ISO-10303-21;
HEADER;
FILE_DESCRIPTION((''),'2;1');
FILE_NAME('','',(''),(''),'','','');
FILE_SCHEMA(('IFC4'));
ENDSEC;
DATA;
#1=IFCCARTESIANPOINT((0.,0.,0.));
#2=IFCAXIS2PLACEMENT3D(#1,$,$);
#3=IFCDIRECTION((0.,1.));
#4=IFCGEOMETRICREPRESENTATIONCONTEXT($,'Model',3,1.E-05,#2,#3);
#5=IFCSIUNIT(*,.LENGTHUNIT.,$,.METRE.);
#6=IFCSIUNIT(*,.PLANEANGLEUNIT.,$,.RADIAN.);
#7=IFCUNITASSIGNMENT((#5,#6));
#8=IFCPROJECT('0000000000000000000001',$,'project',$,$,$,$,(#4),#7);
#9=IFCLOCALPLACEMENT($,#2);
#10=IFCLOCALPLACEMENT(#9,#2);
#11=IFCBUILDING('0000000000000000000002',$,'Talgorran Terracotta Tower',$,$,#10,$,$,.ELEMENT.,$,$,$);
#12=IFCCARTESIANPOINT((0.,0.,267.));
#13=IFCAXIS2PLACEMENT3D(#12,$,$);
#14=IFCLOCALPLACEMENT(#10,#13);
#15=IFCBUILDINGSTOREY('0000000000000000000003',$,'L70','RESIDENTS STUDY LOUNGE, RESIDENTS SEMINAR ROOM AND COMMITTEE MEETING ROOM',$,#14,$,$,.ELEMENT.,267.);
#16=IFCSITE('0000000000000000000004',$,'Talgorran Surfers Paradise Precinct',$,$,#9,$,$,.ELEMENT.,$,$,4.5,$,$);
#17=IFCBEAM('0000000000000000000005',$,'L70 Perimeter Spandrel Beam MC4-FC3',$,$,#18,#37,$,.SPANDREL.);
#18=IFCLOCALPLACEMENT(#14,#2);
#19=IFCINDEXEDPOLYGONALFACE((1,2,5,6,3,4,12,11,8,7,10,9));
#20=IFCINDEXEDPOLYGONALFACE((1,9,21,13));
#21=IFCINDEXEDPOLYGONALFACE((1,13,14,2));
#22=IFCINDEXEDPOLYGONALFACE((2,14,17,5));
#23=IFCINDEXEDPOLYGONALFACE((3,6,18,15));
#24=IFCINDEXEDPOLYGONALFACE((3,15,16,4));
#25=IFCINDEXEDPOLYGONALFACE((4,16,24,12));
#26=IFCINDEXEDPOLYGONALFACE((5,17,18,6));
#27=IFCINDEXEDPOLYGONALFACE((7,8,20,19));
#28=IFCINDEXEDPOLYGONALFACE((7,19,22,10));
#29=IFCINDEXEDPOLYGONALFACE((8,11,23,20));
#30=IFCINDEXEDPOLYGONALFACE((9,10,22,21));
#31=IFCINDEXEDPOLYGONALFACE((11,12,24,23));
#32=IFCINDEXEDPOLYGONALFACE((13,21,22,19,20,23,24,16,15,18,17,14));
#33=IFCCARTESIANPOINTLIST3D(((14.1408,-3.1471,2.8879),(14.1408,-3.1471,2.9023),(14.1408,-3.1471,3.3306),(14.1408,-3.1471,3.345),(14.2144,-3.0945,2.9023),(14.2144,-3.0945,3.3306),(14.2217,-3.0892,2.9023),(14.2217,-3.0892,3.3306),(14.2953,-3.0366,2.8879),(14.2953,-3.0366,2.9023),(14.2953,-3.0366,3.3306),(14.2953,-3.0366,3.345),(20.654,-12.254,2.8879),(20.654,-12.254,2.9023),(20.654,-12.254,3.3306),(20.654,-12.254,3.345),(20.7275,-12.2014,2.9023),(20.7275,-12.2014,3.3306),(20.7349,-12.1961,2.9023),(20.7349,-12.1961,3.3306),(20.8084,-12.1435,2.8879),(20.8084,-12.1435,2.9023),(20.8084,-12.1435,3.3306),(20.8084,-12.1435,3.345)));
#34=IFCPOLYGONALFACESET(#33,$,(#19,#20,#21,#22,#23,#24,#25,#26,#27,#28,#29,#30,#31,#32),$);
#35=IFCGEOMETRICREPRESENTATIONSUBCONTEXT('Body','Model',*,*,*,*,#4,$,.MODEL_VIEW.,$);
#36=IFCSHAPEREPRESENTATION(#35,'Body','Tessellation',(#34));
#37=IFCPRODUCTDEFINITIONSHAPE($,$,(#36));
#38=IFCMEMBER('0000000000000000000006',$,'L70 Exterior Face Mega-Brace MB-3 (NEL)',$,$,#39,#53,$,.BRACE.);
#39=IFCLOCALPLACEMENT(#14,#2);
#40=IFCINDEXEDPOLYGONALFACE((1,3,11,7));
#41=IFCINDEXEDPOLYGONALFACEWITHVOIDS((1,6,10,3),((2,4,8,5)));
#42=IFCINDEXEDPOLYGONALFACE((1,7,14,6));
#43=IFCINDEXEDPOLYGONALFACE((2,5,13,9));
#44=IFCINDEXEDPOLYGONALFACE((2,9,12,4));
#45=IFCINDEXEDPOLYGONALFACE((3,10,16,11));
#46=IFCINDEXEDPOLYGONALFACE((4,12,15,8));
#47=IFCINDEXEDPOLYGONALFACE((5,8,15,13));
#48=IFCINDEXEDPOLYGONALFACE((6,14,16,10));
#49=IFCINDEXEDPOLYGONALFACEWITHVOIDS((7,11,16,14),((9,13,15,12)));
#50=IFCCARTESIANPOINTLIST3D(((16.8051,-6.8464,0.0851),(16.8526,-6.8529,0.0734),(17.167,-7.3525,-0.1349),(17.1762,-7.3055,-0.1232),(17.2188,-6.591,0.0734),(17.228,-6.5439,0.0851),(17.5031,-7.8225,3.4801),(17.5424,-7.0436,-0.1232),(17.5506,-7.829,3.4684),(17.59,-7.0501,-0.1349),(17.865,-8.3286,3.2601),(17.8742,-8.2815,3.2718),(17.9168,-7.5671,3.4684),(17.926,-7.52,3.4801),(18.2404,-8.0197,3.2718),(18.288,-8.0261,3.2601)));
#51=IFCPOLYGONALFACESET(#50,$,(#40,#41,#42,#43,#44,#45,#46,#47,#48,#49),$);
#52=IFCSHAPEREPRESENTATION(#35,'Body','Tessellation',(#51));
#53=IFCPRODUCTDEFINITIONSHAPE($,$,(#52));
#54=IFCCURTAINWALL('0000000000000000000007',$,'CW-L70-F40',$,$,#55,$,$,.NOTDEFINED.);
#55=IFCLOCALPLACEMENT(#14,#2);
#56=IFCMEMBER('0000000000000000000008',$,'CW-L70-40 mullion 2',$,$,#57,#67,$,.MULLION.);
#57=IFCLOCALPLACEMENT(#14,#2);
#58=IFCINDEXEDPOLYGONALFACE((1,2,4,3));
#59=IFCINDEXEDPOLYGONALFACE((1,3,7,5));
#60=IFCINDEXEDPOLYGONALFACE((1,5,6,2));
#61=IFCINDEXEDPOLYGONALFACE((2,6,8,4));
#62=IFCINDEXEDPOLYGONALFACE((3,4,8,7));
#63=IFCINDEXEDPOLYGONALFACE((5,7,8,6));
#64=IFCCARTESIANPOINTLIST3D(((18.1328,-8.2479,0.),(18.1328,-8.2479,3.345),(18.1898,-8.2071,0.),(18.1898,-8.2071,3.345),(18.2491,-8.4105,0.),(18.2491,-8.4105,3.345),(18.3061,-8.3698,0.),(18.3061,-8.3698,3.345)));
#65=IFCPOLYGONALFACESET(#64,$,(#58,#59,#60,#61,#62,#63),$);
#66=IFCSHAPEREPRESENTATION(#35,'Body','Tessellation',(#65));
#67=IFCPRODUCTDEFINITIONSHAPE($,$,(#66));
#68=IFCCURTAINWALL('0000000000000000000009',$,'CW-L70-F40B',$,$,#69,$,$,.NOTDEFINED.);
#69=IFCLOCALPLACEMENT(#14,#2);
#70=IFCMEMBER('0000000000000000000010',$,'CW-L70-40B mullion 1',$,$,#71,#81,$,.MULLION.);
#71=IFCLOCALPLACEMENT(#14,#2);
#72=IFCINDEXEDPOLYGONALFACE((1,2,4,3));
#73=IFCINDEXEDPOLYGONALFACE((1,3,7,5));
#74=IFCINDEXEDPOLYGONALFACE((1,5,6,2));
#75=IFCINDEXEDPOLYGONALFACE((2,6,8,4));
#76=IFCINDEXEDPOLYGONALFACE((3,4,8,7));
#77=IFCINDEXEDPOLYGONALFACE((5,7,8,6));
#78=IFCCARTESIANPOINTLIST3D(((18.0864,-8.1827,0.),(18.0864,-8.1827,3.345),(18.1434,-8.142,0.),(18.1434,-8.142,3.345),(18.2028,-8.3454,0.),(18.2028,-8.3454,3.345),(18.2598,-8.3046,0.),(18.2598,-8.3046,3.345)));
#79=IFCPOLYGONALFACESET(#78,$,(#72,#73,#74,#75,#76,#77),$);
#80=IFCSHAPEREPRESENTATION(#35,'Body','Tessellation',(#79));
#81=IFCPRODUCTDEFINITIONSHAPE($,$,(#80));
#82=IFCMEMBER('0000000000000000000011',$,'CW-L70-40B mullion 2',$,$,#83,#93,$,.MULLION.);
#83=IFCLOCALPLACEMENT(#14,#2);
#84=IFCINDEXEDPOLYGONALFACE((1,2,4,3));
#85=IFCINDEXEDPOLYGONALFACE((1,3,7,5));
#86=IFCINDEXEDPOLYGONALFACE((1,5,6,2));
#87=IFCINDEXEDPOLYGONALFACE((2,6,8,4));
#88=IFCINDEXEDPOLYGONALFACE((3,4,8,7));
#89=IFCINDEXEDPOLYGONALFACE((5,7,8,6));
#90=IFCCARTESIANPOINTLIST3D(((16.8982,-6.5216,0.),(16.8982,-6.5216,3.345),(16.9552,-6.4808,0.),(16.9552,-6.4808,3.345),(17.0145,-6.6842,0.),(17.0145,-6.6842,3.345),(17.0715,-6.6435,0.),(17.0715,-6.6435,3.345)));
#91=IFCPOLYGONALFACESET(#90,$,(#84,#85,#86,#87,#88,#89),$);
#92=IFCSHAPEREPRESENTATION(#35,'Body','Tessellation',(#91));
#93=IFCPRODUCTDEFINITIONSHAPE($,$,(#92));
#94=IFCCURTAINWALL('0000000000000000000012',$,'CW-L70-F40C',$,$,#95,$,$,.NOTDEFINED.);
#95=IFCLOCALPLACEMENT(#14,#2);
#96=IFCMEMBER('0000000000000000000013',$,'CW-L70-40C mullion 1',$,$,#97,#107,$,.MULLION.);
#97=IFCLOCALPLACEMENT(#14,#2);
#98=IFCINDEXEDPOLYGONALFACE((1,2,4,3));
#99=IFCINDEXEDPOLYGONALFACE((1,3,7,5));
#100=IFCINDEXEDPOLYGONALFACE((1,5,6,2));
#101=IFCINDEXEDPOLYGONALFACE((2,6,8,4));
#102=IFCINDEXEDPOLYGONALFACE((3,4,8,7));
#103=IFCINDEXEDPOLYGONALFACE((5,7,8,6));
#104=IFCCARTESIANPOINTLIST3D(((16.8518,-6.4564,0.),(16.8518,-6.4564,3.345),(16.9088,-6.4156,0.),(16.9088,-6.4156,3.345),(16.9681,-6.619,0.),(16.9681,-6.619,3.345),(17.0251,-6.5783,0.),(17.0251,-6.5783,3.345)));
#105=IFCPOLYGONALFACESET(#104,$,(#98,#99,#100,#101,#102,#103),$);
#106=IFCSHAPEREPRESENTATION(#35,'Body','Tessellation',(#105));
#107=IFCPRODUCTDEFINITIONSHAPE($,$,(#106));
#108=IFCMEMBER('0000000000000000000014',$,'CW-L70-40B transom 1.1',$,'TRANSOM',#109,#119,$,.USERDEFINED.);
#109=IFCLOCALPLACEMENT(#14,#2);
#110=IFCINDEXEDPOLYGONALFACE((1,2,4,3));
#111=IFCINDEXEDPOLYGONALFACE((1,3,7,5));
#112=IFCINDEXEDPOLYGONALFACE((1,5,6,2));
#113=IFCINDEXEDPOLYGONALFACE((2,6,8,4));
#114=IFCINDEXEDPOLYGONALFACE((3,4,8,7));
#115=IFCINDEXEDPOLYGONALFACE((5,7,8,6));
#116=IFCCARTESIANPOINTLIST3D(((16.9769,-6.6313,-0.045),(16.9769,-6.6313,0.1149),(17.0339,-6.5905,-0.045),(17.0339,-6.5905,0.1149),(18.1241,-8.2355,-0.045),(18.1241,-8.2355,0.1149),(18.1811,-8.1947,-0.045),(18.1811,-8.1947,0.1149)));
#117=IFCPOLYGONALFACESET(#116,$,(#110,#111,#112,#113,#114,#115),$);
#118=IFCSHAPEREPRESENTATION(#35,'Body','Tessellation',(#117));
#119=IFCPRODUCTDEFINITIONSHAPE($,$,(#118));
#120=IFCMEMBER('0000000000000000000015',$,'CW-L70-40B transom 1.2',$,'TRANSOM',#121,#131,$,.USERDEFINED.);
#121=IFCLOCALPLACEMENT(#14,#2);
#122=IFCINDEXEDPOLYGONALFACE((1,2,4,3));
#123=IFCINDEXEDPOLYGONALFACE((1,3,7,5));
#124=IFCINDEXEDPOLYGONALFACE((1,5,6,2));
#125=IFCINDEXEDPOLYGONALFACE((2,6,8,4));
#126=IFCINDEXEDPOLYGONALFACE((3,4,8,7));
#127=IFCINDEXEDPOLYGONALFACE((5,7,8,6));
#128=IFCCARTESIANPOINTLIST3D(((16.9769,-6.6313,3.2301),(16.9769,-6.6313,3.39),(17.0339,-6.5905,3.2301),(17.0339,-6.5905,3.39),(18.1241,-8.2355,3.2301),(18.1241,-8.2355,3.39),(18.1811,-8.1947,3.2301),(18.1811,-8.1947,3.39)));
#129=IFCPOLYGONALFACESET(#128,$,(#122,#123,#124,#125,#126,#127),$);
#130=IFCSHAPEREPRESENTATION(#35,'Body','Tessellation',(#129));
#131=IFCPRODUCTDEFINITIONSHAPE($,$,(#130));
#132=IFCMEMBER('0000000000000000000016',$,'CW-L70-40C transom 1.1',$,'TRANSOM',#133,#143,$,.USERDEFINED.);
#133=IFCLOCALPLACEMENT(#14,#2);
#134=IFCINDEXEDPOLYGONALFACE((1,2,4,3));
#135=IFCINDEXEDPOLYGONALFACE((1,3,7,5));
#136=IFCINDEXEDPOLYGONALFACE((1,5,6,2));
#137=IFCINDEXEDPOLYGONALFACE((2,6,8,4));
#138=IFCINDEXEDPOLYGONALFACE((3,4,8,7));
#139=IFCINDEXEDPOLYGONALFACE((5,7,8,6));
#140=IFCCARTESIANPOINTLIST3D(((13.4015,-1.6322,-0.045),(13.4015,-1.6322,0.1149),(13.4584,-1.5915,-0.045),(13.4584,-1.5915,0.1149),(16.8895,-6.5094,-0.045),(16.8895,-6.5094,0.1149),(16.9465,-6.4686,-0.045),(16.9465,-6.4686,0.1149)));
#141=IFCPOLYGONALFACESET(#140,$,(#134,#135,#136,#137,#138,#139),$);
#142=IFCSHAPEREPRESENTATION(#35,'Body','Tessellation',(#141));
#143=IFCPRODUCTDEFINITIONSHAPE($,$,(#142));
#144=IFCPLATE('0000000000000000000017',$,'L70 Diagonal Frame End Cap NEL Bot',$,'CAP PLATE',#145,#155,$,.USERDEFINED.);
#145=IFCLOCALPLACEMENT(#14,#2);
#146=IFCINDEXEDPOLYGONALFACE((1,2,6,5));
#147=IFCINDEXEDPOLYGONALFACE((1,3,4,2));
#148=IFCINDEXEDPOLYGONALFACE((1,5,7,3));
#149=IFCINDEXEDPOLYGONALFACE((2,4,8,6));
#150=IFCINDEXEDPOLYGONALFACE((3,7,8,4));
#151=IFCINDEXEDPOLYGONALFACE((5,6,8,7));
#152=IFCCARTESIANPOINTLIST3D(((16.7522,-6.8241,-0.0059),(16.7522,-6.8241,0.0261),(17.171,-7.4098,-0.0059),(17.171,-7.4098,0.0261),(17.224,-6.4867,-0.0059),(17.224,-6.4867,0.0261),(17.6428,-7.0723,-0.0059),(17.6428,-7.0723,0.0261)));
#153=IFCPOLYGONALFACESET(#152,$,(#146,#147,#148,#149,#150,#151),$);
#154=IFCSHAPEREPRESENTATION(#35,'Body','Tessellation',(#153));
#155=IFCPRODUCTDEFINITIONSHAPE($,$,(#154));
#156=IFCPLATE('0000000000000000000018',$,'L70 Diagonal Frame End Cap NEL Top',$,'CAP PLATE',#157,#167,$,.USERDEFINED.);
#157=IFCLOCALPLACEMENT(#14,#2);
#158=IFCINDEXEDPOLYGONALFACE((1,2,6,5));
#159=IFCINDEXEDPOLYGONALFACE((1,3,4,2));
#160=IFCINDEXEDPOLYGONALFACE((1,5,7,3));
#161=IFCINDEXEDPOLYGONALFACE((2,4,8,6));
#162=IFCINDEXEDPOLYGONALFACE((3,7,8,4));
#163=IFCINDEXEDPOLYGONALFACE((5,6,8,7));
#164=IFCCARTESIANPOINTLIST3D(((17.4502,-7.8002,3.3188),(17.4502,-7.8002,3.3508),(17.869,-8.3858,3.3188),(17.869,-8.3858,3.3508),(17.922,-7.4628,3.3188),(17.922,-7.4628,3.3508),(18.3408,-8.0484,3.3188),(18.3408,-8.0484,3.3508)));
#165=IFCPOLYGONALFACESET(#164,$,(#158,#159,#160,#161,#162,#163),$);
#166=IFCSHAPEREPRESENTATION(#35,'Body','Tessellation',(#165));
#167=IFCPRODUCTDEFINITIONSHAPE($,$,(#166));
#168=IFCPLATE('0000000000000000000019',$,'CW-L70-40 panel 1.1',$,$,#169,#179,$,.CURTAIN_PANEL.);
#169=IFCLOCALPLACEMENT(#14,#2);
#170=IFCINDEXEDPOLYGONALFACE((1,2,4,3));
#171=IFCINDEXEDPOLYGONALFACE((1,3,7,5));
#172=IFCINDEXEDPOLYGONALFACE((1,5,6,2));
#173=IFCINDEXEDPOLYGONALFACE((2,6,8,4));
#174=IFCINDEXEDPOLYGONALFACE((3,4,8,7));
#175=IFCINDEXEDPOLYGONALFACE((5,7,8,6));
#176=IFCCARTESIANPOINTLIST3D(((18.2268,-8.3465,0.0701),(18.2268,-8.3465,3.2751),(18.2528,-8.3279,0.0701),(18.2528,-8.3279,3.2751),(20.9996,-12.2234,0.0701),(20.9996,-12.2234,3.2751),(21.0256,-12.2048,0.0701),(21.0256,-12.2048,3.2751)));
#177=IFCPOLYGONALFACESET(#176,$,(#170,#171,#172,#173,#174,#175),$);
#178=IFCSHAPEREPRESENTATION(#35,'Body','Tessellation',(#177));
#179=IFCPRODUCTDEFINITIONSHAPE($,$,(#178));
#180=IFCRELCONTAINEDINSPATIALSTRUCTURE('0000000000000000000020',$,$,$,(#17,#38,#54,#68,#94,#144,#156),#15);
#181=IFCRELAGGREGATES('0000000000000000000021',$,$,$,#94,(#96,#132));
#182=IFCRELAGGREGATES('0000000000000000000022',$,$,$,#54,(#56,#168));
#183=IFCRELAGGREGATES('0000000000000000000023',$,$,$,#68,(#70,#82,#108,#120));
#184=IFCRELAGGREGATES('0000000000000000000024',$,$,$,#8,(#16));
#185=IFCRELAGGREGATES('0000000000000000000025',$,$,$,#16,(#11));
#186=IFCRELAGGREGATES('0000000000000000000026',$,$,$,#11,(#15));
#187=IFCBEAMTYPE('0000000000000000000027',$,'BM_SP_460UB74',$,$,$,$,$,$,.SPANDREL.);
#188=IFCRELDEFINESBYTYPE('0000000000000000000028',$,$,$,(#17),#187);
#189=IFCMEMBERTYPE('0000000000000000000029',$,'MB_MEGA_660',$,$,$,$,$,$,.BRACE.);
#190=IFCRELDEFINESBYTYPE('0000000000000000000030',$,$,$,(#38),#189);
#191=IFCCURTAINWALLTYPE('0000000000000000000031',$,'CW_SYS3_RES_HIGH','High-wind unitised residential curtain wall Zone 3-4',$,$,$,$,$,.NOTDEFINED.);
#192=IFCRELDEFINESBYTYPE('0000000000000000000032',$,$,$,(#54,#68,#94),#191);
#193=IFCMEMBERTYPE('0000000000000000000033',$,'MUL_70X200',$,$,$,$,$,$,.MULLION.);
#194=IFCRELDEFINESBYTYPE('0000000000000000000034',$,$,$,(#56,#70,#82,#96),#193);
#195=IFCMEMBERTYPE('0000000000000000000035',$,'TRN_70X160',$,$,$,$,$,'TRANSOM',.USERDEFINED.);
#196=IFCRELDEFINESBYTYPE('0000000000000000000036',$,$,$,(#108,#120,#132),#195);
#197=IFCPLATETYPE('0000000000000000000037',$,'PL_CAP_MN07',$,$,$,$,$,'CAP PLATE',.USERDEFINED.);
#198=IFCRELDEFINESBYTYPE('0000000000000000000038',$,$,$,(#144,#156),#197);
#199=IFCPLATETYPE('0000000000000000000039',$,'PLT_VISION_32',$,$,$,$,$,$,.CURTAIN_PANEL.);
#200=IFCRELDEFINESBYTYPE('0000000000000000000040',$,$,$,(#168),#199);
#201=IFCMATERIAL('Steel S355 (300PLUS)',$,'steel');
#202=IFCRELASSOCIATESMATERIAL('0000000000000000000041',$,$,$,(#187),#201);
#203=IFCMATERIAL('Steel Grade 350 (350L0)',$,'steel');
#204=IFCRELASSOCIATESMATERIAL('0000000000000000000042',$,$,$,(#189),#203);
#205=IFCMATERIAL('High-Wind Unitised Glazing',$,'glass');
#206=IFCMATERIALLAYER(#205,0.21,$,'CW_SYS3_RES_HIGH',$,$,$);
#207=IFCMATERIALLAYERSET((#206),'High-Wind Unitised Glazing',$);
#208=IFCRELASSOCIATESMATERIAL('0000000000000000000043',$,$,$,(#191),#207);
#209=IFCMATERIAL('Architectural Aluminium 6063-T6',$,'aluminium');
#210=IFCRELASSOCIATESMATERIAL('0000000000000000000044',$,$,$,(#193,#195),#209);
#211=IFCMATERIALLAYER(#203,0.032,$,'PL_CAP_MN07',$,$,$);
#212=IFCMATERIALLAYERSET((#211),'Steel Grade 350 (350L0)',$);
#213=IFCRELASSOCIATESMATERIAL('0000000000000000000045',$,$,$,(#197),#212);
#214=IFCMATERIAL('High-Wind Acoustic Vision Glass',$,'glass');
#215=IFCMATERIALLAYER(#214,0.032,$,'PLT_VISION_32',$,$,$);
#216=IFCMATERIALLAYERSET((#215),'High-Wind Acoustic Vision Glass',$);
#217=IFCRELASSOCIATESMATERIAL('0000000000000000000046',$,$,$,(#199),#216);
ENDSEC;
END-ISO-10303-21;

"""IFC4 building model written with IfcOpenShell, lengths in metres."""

from ifc_helpers import new_model, si_unit, direction, frame, origin, origin_2d, place, context, subcontext, project, spatial, rectangle, hollow_rectangle, i_section, extrude, source, transform, mapped, material, layer, layer_set, material_profile, profile_set, type_object, type_shapes, element, aggregate, save


model = new_model("IFC4")

# Units and contexts
model_context = context("Model", 3, precision=1e-05, world=origin(), true_north=direction((0.0, 1.0)))
body_context = subcontext(model_context, "Body", "Model", "MODEL_VIEW")
ifc_project = project(units=[si_unit("LENGTHUNIT", "METRE"), si_unit("PLANEANGLEUNIT", "RADIAN")], contexts=[model_context])

# Site, building, storey
site_placement = place(None, origin())
site = spatial("IfcSite", under=ifc_project, at=site_placement, Name="Talgorran Surfers Paradise Precinct", CompositionType="ELEMENT", RefElevation=4.5)
building_placement = place(site_placement, origin())
building = spatial("IfcBuilding", under=site, at=building_placement, Name="Talgorran Terracotta Tower", CompositionType="ELEMENT")
storey_placement = place(building_placement, frame((0.0, 0.0, 267.0)))
storey = spatial("IfcBuildingStorey", under=building, at=storey_placement, Name="L70", Description="RESIDENTS STUDY LOUNGE, RESIDENTS SEMINAR ROOM AND COMMITTEE MEETING ROOM", CompositionType="ELEMENT", Elevation=267.0)

# Beam
ifc_material_1 = material(Name="Steel S355 (300PLUS)", Category="steel")
ifc_material_profile_1 = material_profile(ifc_material_1, i_section(OverallWidth=0.1899, OverallDepth=0.457, WebThickness=0.009, FlangeThickness=0.0144, at=origin_2d()), Name="460UB74.6")
ifc_profile_set_1 = profile_set([ifc_material_profile_1], Name="Steel S355 (300PLUS)")
beam_type = type_object("IfcBeamType", Name="BM_SP_460UB74", PredefinedType="SPANDREL", material=ifc_profile_set_1)
beam_placement = place(storey_placement, frame((20.7312, -12.1987, 3.1165), z_axis=(-0.581725, 0.813386, 0.0), x_axis=(-0.813386, -0.581725, 0.0)))
element("IfcBeam", 1, at=beam_placement, inside=storey, type_object=beam_type, Name="L70 Perimeter Spandrel Beam MC4-FC3", PredefinedType="SPANDREL", context=body_context, shape_type="SweptSolid", body=[
    extrude(i_section(OverallWidth=0.1899, OverallDepth=0.457, WebThickness=0.009, FlangeThickness=0.0144, at=origin_2d()), origin(), (0.0, 0.0, 1.0), 11.1963),
])

# Member
ifc_material_2 = material(Name="Steel Grade 350 (350L0)", Category="steel")
ifc_material_profile_2 = material_profile(ifc_material_2, hollow_rectangle(XDim=0.52, YDim=0.6599, WallThickness=0.0349, at=origin_2d()), Name="WBOX660X520X35")
ifc_profile_set_2 = profile_set([ifc_material_profile_2], Name="Steel Grade 350 (350L0)")
member_type_1 = type_object("IfcMemberType", Name="MB_MEGA_660", PredefinedType="BRACE", material=ifc_profile_set_2)
member_1_placement = place(storey_placement, frame((17.1975, -6.9482, -0.0249), z_axis=(0.193843, -0.271068, 0.94284), x_axis=(0.813417, 0.581681, 0.0)))
element("IfcMember", 2, at=member_1_placement, inside=storey, type_object=member_type_1, Name="L70 Exterior Face Mega-Brace MB-3 (NEL)", PredefinedType="BRACE", context=body_context, shape_type="SweptSolid", body=[
    extrude(hollow_rectangle(XDim=0.52, YDim=0.6599, WallThickness=0.0349, at=origin_2d()), origin(), (0.0, 0.0, 1.0), 3.6008),
])

# Curtain wall, member
ifc_material_3 = material(Name="High-Wind Unitised Glazing", Category="glass")
ifc_layer_1 = layer(ifc_material_3, 0.21, Name="CW_SYS3_RES_HIGH")
ifc_layer_set_1 = layer_set([ifc_layer_1], Name="High-Wind Unitised Glazing")
curtain_wall_type = type_object("IfcCurtainWallType", Name="CW_SYS3_RES_HIGH", Description="High-wind unitised residential curtain wall Zone 3-4", PredefinedType="NOTDEFINED", material=ifc_layer_set_1)
curtain_wall_1_placement = place(storey_placement, origin())
curtain_wall_1 = element("IfcCurtainWall", 3, at=curtain_wall_1_placement, inside=storey, type_object=curtain_wall_type, Name="CW-L70-F40", PredefinedType="NOTDEFINED")
ifc_material_4 = material(Name="Architectural Aluminium 6063-T6", Category="aluminium")
ifc_material_profile_3 = material_profile(ifc_material_4, rectangle(XDim=0.0701, YDim=0.2, at=origin_2d()), Name="CWM70X200")
ifc_profile_set_3 = profile_set([ifc_material_profile_3], Name="Architectural Aluminium 6063-T6")
member_type_2 = type_object("IfcMemberType", Name="MUL_70X200", PredefinedType="MULLION", material=ifc_profile_set_3)
member_2_placement = place(storey_placement, frame((18.2195, -8.3088, 0.0), z_axis=(0.0, 0.0, 1.0), x_axis=(-0.813377, -0.581737, 0.0)))
member_2 = element("IfcMember", 4, at=member_2_placement, type_object=member_type_2, Name="CW-L70-40 mullion 2", PredefinedType="MULLION", context=body_context, shape_type="SweptSolid", body=[
    extrude(rectangle(XDim=0.0701, YDim=0.2, at=origin_2d()), origin(), (0.0, 0.0, 1.0), 3.345),
])

# Curtain wall, members
curtain_wall_2_placement = place(storey_placement, origin())
curtain_wall_2 = element("IfcCurtainWall", 5, at=curtain_wall_2_placement, inside=storey, type_object=curtain_wall_type, Name="CW-L70-F40B", PredefinedType="NOTDEFINED")
member_3_placement = place(storey_placement, frame((18.1731, -8.2437, 0.0), z_axis=(0.0, 0.0, 1.0), x_axis=(-0.813378, -0.581735, 0.0)))
member_3 = element("IfcMember", 6, at=member_3_placement, type_object=member_type_2, Name="CW-L70-40B mullion 1", PredefinedType="MULLION", context=body_context, shape_type="SweptSolid", body=[
    extrude(rectangle(XDim=0.0701, YDim=0.2, at=origin_2d()), origin(), (0.0, 0.0, 1.0), 3.345),
])
member_4_placement = place(storey_placement, frame((16.9849, -6.5825, 0.0), z_axis=(0.0, 0.0, 1.0), x_axis=(-0.813378, -0.581735, 0.0)))
member_4 = element("IfcMember", 7, at=member_4_placement, type_object=member_type_2, Name="CW-L70-40B mullion 2", PredefinedType="MULLION", context=body_context, shape_type="SweptSolid", body=[
    extrude(rectangle(XDim=0.0701, YDim=0.2, at=origin_2d()), origin(), (0.0, 0.0, 1.0), 3.345),
])

# Curtain wall, member
curtain_wall_3_placement = place(storey_placement, origin())
curtain_wall_3 = element("IfcCurtainWall", 8, at=curtain_wall_3_placement, inside=storey, type_object=curtain_wall_type, Name="CW-L70-F40C", PredefinedType="NOTDEFINED")
member_5_placement = place(storey_placement, frame((16.9385, -6.5173, 0.0), z_axis=(0.0, 0.0, 1.0), x_axis=(-0.813384, -0.581727, 0.0)))
member_5 = element("IfcMember", 9, at=member_5_placement, type_object=member_type_2, Name="CW-L70-40C mullion 1", PredefinedType="MULLION", context=body_context, shape_type="SweptSolid", body=[
    extrude(rectangle(XDim=0.0701, YDim=0.2, at=origin_2d()), origin(), (0.0, 0.0, 1.0), 3.345),
])

# Members
ifc_material_profile_4 = material_profile(ifc_material_4, rectangle(XDim=0.0701, YDim=0.1599, at=origin_2d()), Name="CWT70X160")
ifc_profile_set_4 = profile_set([ifc_material_profile_4], Name="Architectural Aluminium 6063-T6")
member_type_3 = type_object("IfcMemberType", Name="TRN_70X160", ElementType="TRANSOM", PredefinedType="USERDEFINED", material=ifc_profile_set_4)
member_6_placement = place(storey_placement, frame((18.1526, -8.2151, 0.0349), z_axis=(-0.581683, 0.813416, 0.0), x_axis=(-0.813416, -0.581683, 0.0)))
member_6 = element("IfcMember", 10, at=member_6_placement, type_object=member_type_3, Name="CW-L70-40B transom 1.1", ObjectType="TRANSOM", PredefinedType="USERDEFINED", context=body_context, shape_type="SweptSolid", body=[
    extrude(rectangle(XDim=0.0701, YDim=0.1599, at=origin_2d()), origin(), (0.0, 0.0, 1.0), 1.9722),
])
member_7_placement = place(storey_placement, frame((18.1526, -8.2151, 3.3101), z_axis=(-0.581683, 0.813416, 0.0), x_axis=(-0.813416, -0.581683, 0.0)))
member_7 = element("IfcMember", 11, at=member_7_placement, type_object=member_type_3, Name="CW-L70-40B transom 1.2", ObjectType="TRANSOM", PredefinedType="USERDEFINED", context=body_context, shape_type="SweptSolid", body=[
    extrude(rectangle(XDim=0.0701, YDim=0.1599, at=origin_2d()), origin(), (0.0, 0.0, 1.0), 1.9722),
])
member_8_placement = place(storey_placement, frame((16.918, -6.489, 0.0349), z_axis=(-0.581716, 0.813392, 0.0), x_axis=(-0.813392, -0.581716, 0.0)))
member_8 = element("IfcMember", 12, at=member_8_placement, type_object=member_type_3, Name="CW-L70-40C transom 1.1", ObjectType="TRANSOM", PredefinedType="USERDEFINED", context=body_context, shape_type="SweptSolid", body=[
    extrude(rectangle(XDim=0.0701, YDim=0.1599, at=origin_2d()), origin(), (0.0, 0.0, 1.0), 5.9961),
])
aggregate(curtain_wall_3, [member_5, member_8])

# Plates
ifc_layer_2 = layer(ifc_material_2, 0.032, Name="PL_CAP_MN07")
ifc_layer_set_2 = layer_set([ifc_layer_2], Name="Steel Grade 350 (350L0)")
plate_type_1 = type_object("IfcPlateType", Name="PL_CAP_MN07", ElementType="CAP PLATE", PredefinedType="USERDEFINED", material=ifc_layer_set_2)
for number, where, z_axis, x_axis, name in (
    (13, (17.1975, -6.9482, -0.0059), (0.0, 0.0, 1.0), (0.581697, -0.813405, 0.0), "L70 Diagonal Frame End Cap NEL Bot"),
    (14, (17.8955, -7.9243, 3.3188), (0.0, 0.0, 1.0), (0.581697, -0.813405, 0.0), "L70 Diagonal Frame End Cap NEL Top"),
):
    element("IfcPlate", number, at=place(storey_placement, frame(where, z_axis=z_axis, x_axis=x_axis)), inside=storey, type_object=plate_type_1, Name=name, ObjectType="CAP PLATE", PredefinedType="USERDEFINED", context=body_context, shape_type="SweptSolid", body=[
        extrude(rectangle(XDim=0.72, YDim=0.5801, at=origin_2d()), origin(), (0.0, 0.0, 1.0), 0.032),
    ])

# Plate
ifc_material_5 = material(Name="High-Wind Acoustic Vision Glass", Category="glass")
ifc_layer_3 = layer(ifc_material_5, 0.032, Name="PLT_VISION_32")
ifc_layer_set_3 = layer_set([ifc_layer_3], Name="High-Wind Acoustic Vision Glass")
plate_type_2 = type_object("IfcPlateType", Name="PLT_VISION_32", PredefinedType="CURTAIN_PANEL", material=ifc_layer_set_3)
shared_shape_1 = source(origin(), body_context, "Body", "SweptSolid", [
    extrude(rectangle(XDim=4.7664, YDim=0.032, at=origin_2d()), origin(), (0.0, 0.0, 1.0), 3.2051),
])
type_shapes(plate_type_2, [shared_shape_1])
plate_1_placement = place(storey_placement, frame((19.6262, -10.2756, 0.0701), z_axis=(0.0, 0.0, 1.0), x_axis=(-0.581737, 0.813377, 0.0)))
plate_1 = element("IfcPlate", 15, at=plate_1_placement, type_object=plate_type_2, Name="CW-L70-40 panel 1.1", PredefinedType="CURTAIN_PANEL", context=body_context, shape_type="MappedRepresentation", body=[
    mapped(shared_shape_1, transform((0.0, 0.0, 0.0), scale=1.0)),
])
aggregate(curtain_wall_1, [member_2, plate_1])
aggregate(curtain_wall_2, [member_3, member_4, member_6, member_7])

save(model, "model.ifc")
